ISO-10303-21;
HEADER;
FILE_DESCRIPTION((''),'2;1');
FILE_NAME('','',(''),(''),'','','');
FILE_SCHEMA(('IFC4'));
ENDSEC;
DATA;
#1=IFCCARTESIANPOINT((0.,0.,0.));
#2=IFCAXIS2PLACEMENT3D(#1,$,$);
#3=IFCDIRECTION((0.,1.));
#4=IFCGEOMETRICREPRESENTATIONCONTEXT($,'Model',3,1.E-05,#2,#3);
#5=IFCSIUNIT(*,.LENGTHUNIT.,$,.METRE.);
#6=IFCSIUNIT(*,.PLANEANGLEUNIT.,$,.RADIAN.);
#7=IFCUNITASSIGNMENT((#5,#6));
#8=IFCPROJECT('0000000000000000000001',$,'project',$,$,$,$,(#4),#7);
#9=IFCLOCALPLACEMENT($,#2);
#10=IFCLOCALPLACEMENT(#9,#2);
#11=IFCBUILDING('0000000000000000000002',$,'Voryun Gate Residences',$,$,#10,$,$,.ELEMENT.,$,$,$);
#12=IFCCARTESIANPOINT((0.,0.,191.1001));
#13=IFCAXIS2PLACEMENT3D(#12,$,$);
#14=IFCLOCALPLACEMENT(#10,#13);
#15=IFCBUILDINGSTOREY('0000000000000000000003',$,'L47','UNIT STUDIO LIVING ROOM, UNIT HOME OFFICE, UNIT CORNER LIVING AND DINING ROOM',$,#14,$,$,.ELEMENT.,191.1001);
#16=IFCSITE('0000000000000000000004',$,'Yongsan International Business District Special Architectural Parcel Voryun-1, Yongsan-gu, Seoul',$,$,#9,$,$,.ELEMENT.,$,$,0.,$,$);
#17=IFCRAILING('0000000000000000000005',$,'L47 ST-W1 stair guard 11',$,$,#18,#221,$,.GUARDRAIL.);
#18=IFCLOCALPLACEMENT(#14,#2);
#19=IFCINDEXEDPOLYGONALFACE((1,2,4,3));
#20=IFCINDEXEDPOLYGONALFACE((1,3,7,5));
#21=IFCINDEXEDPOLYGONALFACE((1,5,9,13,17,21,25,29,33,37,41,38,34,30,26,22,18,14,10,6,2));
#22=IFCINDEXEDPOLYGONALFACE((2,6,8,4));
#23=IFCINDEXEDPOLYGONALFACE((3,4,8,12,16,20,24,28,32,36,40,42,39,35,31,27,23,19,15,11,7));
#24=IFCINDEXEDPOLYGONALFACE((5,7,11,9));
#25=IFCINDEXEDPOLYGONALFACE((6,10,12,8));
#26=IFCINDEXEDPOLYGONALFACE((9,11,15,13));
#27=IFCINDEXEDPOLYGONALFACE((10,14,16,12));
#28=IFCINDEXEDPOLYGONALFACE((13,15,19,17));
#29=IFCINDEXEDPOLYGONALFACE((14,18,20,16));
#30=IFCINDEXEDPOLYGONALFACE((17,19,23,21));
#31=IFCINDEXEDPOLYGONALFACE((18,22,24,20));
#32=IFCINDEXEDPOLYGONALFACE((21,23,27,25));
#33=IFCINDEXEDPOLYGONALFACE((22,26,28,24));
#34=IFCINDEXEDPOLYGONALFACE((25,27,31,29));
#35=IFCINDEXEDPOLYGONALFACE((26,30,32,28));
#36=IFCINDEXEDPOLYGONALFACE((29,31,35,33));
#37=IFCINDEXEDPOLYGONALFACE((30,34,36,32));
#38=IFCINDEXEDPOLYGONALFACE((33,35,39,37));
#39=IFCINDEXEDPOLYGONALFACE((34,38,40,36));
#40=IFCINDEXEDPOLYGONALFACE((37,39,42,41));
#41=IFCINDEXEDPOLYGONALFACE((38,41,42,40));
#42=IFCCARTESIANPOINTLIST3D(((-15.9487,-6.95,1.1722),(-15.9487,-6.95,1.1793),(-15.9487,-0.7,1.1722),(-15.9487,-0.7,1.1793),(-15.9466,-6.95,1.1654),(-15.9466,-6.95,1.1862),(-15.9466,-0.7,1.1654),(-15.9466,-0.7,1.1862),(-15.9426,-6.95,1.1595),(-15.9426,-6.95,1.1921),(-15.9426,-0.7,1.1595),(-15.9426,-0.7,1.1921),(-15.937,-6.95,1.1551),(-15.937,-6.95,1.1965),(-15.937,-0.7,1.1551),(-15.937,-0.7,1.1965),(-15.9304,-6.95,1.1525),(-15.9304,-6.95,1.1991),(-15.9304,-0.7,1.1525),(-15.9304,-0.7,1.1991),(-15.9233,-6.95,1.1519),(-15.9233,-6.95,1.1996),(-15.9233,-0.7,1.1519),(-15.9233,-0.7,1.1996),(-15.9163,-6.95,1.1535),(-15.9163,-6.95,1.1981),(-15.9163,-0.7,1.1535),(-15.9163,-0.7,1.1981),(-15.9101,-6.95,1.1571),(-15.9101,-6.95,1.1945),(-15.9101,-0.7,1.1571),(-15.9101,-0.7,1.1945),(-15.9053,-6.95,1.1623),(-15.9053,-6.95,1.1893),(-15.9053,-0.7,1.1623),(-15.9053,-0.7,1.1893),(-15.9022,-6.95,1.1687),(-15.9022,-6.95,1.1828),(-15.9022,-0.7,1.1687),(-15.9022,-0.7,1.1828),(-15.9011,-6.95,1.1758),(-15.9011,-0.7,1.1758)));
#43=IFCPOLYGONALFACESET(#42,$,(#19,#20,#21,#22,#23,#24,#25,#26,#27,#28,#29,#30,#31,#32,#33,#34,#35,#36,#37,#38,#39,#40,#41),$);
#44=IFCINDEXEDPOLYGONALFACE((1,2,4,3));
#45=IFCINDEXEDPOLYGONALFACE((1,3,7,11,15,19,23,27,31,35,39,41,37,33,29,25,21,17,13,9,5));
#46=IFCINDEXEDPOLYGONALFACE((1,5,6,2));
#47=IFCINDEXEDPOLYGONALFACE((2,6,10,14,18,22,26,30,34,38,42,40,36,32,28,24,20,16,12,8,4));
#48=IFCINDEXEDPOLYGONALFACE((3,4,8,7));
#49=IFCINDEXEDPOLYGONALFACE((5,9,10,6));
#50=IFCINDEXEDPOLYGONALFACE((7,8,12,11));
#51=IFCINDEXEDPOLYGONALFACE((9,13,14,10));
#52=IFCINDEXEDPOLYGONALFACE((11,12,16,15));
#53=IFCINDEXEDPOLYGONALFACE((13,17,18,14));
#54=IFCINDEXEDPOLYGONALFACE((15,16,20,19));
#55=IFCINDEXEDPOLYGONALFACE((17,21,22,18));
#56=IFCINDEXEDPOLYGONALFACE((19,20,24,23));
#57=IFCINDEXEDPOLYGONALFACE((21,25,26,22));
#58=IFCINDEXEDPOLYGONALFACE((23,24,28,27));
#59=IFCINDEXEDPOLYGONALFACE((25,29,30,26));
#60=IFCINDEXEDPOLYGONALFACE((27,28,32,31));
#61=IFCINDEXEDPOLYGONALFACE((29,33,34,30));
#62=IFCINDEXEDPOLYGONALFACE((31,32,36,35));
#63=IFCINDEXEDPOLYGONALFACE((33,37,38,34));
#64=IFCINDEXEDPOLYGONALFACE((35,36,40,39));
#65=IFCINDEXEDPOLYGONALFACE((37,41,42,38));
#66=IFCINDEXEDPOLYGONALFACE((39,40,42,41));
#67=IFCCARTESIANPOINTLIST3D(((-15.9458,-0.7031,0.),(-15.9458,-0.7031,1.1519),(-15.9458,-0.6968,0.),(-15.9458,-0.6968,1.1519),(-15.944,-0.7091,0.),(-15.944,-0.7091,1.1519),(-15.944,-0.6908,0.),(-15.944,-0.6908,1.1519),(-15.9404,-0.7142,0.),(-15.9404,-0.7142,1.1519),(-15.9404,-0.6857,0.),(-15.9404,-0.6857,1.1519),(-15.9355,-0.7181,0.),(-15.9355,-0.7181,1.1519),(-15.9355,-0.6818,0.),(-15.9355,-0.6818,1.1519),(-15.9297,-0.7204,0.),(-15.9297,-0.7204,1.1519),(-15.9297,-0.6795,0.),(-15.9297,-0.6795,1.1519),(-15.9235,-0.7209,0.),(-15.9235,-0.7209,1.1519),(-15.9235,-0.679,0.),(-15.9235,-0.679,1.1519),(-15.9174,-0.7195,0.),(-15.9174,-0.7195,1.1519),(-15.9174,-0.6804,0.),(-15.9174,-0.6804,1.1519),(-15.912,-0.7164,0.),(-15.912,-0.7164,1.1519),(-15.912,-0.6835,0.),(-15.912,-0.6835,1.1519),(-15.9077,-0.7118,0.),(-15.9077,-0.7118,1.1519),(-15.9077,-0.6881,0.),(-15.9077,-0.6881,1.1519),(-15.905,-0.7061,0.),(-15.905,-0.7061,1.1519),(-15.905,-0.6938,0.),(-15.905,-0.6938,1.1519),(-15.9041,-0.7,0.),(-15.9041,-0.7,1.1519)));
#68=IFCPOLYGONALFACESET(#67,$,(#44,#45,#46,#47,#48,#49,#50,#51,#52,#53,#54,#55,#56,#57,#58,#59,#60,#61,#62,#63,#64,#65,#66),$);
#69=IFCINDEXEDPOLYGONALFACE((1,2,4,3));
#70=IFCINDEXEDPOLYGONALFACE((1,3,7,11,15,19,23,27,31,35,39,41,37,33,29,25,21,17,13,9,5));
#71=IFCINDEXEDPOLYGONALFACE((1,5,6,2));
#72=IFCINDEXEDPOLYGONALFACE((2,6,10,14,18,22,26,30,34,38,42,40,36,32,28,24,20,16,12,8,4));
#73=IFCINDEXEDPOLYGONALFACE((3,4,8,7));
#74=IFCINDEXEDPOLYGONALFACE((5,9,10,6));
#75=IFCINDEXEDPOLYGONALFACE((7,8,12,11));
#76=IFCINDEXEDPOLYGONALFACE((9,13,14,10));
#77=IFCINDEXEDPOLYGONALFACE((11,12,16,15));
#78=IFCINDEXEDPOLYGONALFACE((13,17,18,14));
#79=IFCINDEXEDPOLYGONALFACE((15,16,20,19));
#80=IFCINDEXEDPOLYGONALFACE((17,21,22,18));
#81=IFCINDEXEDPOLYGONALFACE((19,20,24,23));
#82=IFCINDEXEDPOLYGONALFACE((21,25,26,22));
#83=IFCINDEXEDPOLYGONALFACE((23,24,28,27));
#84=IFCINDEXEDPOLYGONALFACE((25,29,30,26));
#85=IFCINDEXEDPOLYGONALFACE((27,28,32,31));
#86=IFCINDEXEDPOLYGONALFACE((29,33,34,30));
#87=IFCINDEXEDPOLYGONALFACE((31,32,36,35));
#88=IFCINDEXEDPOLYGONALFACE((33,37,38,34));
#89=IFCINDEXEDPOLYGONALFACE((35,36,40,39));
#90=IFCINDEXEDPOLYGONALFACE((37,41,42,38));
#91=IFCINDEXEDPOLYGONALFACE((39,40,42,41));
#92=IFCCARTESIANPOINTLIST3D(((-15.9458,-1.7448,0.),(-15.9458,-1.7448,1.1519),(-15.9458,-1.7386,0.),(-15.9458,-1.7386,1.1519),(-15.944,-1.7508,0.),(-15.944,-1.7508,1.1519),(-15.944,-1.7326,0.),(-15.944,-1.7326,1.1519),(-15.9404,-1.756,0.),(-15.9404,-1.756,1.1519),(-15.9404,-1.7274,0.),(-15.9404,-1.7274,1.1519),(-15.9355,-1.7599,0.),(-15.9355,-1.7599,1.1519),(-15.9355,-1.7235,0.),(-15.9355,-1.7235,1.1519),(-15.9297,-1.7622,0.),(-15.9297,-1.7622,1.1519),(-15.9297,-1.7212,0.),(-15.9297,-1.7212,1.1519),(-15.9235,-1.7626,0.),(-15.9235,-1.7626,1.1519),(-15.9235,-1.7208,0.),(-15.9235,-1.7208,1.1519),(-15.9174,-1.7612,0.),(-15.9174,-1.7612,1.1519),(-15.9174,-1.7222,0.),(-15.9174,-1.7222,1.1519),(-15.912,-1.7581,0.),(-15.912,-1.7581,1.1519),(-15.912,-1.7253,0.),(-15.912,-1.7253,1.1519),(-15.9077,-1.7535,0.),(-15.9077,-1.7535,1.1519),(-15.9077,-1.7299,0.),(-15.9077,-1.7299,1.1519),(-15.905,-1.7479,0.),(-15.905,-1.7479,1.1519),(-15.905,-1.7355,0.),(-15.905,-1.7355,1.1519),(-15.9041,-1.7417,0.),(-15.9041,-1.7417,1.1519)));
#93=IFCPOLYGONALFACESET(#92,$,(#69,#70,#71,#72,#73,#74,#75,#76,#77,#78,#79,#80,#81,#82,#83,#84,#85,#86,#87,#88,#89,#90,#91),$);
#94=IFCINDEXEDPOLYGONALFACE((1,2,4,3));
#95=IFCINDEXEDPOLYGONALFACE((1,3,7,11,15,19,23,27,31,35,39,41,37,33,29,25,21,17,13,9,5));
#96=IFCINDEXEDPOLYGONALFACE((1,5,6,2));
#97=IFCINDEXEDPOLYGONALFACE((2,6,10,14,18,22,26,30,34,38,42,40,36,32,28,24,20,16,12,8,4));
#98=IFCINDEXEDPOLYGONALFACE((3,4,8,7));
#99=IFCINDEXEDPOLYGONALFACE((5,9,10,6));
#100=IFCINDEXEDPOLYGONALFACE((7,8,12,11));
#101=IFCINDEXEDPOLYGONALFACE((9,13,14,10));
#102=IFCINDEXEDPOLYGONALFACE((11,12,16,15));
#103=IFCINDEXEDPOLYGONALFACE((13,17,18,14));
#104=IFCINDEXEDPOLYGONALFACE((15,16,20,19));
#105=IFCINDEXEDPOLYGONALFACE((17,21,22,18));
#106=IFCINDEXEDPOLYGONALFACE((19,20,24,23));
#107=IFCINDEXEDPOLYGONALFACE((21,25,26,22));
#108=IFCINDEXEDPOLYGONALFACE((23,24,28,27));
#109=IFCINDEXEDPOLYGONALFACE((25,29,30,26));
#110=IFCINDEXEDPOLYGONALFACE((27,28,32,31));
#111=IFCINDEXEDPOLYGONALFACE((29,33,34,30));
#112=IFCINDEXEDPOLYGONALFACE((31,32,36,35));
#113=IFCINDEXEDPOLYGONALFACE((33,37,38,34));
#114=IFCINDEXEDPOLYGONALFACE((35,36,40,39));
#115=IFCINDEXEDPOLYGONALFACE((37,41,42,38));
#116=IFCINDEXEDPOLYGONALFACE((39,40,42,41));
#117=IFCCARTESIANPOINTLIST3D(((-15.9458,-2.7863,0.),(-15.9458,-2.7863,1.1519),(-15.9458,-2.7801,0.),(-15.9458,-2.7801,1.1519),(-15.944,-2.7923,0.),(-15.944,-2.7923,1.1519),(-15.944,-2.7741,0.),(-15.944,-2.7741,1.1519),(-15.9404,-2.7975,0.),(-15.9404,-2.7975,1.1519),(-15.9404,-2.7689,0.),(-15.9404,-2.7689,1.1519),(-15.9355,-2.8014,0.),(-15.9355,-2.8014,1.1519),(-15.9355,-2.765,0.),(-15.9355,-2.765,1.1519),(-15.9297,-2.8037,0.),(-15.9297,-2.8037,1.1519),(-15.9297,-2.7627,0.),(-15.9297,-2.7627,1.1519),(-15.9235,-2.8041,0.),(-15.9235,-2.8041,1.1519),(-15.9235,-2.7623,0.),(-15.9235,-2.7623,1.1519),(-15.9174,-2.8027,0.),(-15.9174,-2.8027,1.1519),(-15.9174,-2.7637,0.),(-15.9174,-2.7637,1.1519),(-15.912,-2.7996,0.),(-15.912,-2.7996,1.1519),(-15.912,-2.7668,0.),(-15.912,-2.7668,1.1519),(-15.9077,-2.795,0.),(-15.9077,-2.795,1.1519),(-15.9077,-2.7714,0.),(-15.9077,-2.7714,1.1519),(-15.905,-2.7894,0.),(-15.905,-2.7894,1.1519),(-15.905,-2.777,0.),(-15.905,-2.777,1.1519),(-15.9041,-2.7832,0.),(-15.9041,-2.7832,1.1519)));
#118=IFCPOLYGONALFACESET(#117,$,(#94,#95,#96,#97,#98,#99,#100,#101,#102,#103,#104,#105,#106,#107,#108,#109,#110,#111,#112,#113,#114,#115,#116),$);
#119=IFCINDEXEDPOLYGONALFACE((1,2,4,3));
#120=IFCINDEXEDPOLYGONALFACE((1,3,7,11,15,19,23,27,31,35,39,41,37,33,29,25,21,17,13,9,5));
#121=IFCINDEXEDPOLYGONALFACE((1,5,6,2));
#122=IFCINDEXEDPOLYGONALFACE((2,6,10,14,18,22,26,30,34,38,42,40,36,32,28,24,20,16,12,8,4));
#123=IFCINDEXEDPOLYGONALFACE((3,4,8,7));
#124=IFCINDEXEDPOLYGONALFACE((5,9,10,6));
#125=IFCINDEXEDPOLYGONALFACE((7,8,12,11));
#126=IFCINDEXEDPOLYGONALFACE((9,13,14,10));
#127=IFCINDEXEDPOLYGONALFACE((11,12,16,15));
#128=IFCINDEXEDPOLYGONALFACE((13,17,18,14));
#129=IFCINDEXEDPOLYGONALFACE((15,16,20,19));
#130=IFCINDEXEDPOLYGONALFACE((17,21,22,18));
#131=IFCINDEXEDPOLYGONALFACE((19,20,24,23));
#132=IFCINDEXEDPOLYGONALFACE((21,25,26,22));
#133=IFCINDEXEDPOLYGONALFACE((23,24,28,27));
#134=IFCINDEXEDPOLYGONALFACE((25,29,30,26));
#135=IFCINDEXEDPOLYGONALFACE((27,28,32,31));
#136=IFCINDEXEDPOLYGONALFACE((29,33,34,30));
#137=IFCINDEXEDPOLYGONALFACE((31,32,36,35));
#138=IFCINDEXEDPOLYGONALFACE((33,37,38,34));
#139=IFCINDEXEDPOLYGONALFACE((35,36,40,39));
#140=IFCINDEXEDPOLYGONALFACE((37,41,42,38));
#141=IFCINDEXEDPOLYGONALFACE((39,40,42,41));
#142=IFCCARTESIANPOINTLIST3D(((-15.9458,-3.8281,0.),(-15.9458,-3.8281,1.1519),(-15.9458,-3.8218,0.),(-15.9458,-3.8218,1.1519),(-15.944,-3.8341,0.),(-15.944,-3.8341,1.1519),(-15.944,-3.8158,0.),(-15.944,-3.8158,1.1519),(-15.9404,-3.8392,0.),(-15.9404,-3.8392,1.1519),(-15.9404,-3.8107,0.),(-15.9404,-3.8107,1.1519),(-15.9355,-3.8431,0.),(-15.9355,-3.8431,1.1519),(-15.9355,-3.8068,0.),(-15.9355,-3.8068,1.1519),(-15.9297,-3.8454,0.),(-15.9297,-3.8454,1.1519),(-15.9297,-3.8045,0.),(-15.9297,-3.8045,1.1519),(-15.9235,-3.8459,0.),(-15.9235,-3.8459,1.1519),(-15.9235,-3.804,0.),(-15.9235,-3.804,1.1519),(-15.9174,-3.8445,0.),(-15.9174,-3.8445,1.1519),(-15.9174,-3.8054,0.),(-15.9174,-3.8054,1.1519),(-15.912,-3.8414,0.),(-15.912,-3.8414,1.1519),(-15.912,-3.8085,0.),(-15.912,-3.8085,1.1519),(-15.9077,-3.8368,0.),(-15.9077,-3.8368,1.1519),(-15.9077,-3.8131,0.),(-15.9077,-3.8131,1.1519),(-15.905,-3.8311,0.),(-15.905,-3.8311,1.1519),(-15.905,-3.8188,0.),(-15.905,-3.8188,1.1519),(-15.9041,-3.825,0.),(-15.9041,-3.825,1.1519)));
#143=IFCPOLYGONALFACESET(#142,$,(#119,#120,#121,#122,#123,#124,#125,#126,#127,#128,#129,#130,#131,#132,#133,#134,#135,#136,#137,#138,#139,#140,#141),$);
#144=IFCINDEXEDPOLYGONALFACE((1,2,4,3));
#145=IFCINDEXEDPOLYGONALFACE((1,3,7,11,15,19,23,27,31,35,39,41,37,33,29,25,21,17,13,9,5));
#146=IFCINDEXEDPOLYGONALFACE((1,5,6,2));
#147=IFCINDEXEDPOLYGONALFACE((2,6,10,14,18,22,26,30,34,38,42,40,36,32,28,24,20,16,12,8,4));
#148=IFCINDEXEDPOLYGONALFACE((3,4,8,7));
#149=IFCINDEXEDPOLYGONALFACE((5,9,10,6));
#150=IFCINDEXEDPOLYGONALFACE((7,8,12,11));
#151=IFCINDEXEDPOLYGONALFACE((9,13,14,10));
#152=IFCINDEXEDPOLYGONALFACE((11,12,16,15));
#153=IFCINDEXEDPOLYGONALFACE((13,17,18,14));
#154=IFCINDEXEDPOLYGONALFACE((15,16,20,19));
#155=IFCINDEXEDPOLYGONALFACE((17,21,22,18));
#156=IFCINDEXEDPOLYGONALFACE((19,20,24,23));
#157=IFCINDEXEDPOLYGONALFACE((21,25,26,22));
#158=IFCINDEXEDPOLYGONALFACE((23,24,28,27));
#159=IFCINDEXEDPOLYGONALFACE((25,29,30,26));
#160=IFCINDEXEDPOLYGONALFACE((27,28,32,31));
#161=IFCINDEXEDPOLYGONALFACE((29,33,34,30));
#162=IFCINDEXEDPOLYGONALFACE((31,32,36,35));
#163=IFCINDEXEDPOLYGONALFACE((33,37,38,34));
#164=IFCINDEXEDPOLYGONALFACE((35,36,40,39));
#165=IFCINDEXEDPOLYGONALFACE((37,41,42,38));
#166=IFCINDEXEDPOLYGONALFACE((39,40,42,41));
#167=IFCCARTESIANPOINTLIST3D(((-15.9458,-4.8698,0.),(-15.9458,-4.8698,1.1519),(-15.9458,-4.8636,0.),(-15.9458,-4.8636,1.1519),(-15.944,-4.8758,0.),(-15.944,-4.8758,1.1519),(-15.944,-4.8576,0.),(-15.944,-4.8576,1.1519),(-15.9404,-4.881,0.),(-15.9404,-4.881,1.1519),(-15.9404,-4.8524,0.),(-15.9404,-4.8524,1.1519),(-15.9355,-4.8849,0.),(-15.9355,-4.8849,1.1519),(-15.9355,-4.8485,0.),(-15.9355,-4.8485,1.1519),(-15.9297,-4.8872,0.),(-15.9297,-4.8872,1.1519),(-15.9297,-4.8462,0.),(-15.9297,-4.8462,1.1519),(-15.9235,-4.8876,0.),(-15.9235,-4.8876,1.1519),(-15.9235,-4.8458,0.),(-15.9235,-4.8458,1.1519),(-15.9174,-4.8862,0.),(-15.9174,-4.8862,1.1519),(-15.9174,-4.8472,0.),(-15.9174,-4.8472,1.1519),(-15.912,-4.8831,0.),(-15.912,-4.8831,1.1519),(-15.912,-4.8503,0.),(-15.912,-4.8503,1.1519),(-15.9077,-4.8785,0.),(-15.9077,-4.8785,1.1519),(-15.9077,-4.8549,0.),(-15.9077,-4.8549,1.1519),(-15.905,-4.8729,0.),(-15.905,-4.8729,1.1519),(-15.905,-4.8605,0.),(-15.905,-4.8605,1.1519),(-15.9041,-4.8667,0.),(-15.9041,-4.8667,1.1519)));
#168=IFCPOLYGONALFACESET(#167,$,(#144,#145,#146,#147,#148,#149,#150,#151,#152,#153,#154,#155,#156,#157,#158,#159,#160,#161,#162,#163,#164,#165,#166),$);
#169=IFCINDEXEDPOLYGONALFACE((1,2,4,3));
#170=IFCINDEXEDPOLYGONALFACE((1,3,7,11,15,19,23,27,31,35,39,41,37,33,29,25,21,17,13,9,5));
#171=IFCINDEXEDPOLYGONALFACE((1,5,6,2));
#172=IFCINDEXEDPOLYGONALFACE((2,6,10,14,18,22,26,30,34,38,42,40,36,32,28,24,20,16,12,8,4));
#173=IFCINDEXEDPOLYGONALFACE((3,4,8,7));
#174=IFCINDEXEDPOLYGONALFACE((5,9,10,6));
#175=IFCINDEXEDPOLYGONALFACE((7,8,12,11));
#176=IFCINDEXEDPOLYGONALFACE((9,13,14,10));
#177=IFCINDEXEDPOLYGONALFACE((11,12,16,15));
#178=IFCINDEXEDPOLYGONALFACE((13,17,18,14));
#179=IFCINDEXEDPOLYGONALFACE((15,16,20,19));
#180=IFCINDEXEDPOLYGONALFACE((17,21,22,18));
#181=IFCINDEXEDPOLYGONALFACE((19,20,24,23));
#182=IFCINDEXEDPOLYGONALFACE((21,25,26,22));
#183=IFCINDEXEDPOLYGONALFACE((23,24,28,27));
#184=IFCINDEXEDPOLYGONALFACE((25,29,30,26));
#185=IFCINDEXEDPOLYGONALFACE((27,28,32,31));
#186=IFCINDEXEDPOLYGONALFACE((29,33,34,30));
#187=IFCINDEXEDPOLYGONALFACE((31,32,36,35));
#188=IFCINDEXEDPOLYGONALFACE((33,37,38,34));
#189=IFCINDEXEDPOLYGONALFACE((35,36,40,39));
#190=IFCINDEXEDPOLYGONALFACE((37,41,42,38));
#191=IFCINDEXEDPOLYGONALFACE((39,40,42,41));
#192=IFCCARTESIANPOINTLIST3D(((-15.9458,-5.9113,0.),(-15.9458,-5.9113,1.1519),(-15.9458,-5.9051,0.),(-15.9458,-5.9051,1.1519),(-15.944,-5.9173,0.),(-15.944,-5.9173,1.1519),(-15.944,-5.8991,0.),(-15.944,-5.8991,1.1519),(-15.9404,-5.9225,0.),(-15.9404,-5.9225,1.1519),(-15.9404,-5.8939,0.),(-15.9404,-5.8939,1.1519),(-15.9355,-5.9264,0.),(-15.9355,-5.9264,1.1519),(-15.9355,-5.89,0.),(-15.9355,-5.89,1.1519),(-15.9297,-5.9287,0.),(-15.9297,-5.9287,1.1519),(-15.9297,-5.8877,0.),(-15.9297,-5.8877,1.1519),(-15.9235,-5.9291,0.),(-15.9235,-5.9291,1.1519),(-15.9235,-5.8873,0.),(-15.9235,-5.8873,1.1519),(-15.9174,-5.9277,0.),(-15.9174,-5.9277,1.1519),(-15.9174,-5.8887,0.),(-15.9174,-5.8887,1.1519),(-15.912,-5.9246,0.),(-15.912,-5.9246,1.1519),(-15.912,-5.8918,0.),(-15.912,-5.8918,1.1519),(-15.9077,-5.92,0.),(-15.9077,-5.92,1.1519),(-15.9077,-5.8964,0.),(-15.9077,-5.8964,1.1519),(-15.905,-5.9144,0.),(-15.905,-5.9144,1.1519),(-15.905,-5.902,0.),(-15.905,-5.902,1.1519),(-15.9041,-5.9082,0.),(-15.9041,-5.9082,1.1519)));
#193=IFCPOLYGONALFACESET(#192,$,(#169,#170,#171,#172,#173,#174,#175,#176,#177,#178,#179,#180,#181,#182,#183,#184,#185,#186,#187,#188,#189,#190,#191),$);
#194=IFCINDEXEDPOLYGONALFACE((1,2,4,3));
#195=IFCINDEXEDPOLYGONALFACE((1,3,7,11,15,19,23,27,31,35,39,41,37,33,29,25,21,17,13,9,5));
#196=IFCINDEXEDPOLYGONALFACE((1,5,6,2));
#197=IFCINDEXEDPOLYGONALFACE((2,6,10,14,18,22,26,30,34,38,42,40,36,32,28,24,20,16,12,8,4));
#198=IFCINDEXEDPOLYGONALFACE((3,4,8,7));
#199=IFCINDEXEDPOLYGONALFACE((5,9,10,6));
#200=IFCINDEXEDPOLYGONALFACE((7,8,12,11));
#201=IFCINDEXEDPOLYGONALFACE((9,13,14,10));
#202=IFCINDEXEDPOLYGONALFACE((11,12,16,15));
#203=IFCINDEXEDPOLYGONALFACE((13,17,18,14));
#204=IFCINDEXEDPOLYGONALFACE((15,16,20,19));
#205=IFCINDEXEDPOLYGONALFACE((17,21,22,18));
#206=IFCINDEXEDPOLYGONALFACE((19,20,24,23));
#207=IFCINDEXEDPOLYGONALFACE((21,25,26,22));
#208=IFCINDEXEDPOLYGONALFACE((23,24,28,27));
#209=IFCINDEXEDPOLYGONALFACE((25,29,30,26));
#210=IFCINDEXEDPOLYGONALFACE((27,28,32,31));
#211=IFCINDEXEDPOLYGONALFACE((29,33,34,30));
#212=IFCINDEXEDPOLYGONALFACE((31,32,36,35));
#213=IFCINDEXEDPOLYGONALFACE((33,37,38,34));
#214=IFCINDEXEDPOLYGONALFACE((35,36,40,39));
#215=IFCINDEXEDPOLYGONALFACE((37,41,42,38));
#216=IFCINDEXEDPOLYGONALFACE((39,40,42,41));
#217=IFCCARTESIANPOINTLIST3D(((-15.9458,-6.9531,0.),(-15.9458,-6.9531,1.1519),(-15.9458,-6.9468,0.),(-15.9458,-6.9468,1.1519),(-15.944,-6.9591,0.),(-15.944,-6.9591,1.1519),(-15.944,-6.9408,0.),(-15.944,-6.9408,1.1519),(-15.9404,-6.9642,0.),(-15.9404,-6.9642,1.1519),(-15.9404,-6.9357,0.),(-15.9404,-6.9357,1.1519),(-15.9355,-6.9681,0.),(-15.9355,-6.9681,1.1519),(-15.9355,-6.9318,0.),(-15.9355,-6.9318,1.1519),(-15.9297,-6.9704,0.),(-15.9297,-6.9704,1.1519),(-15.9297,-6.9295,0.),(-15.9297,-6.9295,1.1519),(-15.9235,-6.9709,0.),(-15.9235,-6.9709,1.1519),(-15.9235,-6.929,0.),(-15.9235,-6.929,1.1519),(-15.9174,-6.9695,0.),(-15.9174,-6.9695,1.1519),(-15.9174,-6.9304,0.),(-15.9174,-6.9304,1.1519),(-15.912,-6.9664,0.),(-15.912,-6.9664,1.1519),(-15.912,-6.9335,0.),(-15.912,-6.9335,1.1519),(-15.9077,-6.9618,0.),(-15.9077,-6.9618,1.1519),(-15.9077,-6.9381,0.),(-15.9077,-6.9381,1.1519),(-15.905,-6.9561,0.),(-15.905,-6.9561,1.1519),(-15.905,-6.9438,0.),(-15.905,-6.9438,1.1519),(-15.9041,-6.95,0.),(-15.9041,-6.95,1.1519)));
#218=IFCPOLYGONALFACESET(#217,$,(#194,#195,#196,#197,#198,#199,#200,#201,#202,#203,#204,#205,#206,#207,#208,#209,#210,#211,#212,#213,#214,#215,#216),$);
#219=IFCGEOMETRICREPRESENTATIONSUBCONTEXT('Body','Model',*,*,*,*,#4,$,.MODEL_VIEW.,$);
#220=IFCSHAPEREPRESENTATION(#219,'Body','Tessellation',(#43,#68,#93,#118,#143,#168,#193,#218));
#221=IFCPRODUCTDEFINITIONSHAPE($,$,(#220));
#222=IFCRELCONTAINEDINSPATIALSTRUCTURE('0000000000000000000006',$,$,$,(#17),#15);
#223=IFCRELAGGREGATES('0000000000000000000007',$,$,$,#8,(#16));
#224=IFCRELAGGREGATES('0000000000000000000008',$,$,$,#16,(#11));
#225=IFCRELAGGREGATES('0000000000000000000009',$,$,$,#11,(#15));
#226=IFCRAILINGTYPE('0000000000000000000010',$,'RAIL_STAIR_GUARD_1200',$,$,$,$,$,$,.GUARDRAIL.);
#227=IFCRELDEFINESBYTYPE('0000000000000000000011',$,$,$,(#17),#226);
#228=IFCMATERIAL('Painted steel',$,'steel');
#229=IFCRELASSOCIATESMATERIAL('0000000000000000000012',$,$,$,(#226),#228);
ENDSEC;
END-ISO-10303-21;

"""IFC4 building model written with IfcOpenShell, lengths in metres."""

from ifc_helpers import new_model, si_unit, direction, frame, origin, origin_2d, place, context, subcontext, project, spatial, circle, extrude, material, type_object, element, save


model = new_model("IFC4")

# Units and contexts
model_context = context("Model", 3, precision=1e-05, world=origin(), true_north=direction((0.0, 1.0)))
body_context = subcontext(model_context, "Body", "Model", "MODEL_VIEW")
ifc_project = project(units=[si_unit("LENGTHUNIT", "METRE"), si_unit("PLANEANGLEUNIT", "RADIAN")], contexts=[model_context])

# Site, building, storey
site_placement = place(None, origin())
site = spatial("IfcSite", under=ifc_project, at=site_placement, Name="Yongsan International Business District Special Architectural Parcel Voryun-1, Yongsan-gu, Seoul", CompositionType="ELEMENT", RefElevation=0.0)
building_placement = place(site_placement, origin())
building = spatial("IfcBuilding", under=site, at=building_placement, Name="Voryun Gate Residences", CompositionType="ELEMENT")
storey_placement = place(building_placement, frame((0.0, 0.0, 191.1001)))
storey = spatial("IfcBuildingStorey", under=building, at=storey_placement, Name="L47", Description="UNIT STUDIO LIVING ROOM, UNIT HOME OFFICE, UNIT CORNER LIVING AND DINING ROOM", CompositionType="ELEMENT", Elevation=191.1001)

# Railing
ifc_material_1 = material(Name="Painted steel", Category="steel")
railing_type_1 = type_object("IfcRailingType", Name="RAIL_STAIR_GUARD_1200", PredefinedType="GUARDRAIL", material=ifc_material_1)
railing_1_placement = place(storey_placement, frame((-15.925, -0.7, 0.0)))
element("IfcRailing", 1, at=railing_1_placement, inside=storey, type_object=railing_type_1, Name="L47 ST-W1 stair guard 11", PredefinedType="GUARDRAIL", context=body_context, shape_type="SweptSolid", body=[
    extrude(circle(Radius=0.0239, at=origin_2d()), frame((0.0, 0.0, 1.1758), z_axis=(0.0, -1.0, 0.0), x_axis=(1.0, 0.0, 0.0)), (0.0, 0.0, 1.0), 6.25),
    extrude(circle(Radius=0.021, at=origin_2d()), origin(), (0.0, 0.0, 1.0), 1.1519),
    extrude(circle(Radius=0.021, at=origin_2d()), frame((0.0, -1.0417, 0.0)), (0.0, 0.0, 1.0), 1.1519),
    extrude(circle(Radius=0.021, at=origin_2d()), frame((0.0, -2.0833, 0.0)), (0.0, 0.0, 1.0), 1.1519),
    extrude(circle(Radius=0.021, at=origin_2d()), frame((0.0, -3.125, 0.0)), (0.0, 0.0, 1.0), 1.1519),
    extrude(circle(Radius=0.021, at=origin_2d()), frame((0.0, -4.1667, 0.0)), (0.0, 0.0, 1.0), 1.1519),
    extrude(circle(Radius=0.021, at=origin_2d()), frame((0.0, -5.2083, 0.0)), (0.0, 0.0, 1.0), 1.1519),
    extrude(circle(Radius=0.021, at=origin_2d()), frame((0.0, -6.25, 0.0)), (0.0, 0.0, 1.0), 1.1519),
])

save(model, "model.ifc")
